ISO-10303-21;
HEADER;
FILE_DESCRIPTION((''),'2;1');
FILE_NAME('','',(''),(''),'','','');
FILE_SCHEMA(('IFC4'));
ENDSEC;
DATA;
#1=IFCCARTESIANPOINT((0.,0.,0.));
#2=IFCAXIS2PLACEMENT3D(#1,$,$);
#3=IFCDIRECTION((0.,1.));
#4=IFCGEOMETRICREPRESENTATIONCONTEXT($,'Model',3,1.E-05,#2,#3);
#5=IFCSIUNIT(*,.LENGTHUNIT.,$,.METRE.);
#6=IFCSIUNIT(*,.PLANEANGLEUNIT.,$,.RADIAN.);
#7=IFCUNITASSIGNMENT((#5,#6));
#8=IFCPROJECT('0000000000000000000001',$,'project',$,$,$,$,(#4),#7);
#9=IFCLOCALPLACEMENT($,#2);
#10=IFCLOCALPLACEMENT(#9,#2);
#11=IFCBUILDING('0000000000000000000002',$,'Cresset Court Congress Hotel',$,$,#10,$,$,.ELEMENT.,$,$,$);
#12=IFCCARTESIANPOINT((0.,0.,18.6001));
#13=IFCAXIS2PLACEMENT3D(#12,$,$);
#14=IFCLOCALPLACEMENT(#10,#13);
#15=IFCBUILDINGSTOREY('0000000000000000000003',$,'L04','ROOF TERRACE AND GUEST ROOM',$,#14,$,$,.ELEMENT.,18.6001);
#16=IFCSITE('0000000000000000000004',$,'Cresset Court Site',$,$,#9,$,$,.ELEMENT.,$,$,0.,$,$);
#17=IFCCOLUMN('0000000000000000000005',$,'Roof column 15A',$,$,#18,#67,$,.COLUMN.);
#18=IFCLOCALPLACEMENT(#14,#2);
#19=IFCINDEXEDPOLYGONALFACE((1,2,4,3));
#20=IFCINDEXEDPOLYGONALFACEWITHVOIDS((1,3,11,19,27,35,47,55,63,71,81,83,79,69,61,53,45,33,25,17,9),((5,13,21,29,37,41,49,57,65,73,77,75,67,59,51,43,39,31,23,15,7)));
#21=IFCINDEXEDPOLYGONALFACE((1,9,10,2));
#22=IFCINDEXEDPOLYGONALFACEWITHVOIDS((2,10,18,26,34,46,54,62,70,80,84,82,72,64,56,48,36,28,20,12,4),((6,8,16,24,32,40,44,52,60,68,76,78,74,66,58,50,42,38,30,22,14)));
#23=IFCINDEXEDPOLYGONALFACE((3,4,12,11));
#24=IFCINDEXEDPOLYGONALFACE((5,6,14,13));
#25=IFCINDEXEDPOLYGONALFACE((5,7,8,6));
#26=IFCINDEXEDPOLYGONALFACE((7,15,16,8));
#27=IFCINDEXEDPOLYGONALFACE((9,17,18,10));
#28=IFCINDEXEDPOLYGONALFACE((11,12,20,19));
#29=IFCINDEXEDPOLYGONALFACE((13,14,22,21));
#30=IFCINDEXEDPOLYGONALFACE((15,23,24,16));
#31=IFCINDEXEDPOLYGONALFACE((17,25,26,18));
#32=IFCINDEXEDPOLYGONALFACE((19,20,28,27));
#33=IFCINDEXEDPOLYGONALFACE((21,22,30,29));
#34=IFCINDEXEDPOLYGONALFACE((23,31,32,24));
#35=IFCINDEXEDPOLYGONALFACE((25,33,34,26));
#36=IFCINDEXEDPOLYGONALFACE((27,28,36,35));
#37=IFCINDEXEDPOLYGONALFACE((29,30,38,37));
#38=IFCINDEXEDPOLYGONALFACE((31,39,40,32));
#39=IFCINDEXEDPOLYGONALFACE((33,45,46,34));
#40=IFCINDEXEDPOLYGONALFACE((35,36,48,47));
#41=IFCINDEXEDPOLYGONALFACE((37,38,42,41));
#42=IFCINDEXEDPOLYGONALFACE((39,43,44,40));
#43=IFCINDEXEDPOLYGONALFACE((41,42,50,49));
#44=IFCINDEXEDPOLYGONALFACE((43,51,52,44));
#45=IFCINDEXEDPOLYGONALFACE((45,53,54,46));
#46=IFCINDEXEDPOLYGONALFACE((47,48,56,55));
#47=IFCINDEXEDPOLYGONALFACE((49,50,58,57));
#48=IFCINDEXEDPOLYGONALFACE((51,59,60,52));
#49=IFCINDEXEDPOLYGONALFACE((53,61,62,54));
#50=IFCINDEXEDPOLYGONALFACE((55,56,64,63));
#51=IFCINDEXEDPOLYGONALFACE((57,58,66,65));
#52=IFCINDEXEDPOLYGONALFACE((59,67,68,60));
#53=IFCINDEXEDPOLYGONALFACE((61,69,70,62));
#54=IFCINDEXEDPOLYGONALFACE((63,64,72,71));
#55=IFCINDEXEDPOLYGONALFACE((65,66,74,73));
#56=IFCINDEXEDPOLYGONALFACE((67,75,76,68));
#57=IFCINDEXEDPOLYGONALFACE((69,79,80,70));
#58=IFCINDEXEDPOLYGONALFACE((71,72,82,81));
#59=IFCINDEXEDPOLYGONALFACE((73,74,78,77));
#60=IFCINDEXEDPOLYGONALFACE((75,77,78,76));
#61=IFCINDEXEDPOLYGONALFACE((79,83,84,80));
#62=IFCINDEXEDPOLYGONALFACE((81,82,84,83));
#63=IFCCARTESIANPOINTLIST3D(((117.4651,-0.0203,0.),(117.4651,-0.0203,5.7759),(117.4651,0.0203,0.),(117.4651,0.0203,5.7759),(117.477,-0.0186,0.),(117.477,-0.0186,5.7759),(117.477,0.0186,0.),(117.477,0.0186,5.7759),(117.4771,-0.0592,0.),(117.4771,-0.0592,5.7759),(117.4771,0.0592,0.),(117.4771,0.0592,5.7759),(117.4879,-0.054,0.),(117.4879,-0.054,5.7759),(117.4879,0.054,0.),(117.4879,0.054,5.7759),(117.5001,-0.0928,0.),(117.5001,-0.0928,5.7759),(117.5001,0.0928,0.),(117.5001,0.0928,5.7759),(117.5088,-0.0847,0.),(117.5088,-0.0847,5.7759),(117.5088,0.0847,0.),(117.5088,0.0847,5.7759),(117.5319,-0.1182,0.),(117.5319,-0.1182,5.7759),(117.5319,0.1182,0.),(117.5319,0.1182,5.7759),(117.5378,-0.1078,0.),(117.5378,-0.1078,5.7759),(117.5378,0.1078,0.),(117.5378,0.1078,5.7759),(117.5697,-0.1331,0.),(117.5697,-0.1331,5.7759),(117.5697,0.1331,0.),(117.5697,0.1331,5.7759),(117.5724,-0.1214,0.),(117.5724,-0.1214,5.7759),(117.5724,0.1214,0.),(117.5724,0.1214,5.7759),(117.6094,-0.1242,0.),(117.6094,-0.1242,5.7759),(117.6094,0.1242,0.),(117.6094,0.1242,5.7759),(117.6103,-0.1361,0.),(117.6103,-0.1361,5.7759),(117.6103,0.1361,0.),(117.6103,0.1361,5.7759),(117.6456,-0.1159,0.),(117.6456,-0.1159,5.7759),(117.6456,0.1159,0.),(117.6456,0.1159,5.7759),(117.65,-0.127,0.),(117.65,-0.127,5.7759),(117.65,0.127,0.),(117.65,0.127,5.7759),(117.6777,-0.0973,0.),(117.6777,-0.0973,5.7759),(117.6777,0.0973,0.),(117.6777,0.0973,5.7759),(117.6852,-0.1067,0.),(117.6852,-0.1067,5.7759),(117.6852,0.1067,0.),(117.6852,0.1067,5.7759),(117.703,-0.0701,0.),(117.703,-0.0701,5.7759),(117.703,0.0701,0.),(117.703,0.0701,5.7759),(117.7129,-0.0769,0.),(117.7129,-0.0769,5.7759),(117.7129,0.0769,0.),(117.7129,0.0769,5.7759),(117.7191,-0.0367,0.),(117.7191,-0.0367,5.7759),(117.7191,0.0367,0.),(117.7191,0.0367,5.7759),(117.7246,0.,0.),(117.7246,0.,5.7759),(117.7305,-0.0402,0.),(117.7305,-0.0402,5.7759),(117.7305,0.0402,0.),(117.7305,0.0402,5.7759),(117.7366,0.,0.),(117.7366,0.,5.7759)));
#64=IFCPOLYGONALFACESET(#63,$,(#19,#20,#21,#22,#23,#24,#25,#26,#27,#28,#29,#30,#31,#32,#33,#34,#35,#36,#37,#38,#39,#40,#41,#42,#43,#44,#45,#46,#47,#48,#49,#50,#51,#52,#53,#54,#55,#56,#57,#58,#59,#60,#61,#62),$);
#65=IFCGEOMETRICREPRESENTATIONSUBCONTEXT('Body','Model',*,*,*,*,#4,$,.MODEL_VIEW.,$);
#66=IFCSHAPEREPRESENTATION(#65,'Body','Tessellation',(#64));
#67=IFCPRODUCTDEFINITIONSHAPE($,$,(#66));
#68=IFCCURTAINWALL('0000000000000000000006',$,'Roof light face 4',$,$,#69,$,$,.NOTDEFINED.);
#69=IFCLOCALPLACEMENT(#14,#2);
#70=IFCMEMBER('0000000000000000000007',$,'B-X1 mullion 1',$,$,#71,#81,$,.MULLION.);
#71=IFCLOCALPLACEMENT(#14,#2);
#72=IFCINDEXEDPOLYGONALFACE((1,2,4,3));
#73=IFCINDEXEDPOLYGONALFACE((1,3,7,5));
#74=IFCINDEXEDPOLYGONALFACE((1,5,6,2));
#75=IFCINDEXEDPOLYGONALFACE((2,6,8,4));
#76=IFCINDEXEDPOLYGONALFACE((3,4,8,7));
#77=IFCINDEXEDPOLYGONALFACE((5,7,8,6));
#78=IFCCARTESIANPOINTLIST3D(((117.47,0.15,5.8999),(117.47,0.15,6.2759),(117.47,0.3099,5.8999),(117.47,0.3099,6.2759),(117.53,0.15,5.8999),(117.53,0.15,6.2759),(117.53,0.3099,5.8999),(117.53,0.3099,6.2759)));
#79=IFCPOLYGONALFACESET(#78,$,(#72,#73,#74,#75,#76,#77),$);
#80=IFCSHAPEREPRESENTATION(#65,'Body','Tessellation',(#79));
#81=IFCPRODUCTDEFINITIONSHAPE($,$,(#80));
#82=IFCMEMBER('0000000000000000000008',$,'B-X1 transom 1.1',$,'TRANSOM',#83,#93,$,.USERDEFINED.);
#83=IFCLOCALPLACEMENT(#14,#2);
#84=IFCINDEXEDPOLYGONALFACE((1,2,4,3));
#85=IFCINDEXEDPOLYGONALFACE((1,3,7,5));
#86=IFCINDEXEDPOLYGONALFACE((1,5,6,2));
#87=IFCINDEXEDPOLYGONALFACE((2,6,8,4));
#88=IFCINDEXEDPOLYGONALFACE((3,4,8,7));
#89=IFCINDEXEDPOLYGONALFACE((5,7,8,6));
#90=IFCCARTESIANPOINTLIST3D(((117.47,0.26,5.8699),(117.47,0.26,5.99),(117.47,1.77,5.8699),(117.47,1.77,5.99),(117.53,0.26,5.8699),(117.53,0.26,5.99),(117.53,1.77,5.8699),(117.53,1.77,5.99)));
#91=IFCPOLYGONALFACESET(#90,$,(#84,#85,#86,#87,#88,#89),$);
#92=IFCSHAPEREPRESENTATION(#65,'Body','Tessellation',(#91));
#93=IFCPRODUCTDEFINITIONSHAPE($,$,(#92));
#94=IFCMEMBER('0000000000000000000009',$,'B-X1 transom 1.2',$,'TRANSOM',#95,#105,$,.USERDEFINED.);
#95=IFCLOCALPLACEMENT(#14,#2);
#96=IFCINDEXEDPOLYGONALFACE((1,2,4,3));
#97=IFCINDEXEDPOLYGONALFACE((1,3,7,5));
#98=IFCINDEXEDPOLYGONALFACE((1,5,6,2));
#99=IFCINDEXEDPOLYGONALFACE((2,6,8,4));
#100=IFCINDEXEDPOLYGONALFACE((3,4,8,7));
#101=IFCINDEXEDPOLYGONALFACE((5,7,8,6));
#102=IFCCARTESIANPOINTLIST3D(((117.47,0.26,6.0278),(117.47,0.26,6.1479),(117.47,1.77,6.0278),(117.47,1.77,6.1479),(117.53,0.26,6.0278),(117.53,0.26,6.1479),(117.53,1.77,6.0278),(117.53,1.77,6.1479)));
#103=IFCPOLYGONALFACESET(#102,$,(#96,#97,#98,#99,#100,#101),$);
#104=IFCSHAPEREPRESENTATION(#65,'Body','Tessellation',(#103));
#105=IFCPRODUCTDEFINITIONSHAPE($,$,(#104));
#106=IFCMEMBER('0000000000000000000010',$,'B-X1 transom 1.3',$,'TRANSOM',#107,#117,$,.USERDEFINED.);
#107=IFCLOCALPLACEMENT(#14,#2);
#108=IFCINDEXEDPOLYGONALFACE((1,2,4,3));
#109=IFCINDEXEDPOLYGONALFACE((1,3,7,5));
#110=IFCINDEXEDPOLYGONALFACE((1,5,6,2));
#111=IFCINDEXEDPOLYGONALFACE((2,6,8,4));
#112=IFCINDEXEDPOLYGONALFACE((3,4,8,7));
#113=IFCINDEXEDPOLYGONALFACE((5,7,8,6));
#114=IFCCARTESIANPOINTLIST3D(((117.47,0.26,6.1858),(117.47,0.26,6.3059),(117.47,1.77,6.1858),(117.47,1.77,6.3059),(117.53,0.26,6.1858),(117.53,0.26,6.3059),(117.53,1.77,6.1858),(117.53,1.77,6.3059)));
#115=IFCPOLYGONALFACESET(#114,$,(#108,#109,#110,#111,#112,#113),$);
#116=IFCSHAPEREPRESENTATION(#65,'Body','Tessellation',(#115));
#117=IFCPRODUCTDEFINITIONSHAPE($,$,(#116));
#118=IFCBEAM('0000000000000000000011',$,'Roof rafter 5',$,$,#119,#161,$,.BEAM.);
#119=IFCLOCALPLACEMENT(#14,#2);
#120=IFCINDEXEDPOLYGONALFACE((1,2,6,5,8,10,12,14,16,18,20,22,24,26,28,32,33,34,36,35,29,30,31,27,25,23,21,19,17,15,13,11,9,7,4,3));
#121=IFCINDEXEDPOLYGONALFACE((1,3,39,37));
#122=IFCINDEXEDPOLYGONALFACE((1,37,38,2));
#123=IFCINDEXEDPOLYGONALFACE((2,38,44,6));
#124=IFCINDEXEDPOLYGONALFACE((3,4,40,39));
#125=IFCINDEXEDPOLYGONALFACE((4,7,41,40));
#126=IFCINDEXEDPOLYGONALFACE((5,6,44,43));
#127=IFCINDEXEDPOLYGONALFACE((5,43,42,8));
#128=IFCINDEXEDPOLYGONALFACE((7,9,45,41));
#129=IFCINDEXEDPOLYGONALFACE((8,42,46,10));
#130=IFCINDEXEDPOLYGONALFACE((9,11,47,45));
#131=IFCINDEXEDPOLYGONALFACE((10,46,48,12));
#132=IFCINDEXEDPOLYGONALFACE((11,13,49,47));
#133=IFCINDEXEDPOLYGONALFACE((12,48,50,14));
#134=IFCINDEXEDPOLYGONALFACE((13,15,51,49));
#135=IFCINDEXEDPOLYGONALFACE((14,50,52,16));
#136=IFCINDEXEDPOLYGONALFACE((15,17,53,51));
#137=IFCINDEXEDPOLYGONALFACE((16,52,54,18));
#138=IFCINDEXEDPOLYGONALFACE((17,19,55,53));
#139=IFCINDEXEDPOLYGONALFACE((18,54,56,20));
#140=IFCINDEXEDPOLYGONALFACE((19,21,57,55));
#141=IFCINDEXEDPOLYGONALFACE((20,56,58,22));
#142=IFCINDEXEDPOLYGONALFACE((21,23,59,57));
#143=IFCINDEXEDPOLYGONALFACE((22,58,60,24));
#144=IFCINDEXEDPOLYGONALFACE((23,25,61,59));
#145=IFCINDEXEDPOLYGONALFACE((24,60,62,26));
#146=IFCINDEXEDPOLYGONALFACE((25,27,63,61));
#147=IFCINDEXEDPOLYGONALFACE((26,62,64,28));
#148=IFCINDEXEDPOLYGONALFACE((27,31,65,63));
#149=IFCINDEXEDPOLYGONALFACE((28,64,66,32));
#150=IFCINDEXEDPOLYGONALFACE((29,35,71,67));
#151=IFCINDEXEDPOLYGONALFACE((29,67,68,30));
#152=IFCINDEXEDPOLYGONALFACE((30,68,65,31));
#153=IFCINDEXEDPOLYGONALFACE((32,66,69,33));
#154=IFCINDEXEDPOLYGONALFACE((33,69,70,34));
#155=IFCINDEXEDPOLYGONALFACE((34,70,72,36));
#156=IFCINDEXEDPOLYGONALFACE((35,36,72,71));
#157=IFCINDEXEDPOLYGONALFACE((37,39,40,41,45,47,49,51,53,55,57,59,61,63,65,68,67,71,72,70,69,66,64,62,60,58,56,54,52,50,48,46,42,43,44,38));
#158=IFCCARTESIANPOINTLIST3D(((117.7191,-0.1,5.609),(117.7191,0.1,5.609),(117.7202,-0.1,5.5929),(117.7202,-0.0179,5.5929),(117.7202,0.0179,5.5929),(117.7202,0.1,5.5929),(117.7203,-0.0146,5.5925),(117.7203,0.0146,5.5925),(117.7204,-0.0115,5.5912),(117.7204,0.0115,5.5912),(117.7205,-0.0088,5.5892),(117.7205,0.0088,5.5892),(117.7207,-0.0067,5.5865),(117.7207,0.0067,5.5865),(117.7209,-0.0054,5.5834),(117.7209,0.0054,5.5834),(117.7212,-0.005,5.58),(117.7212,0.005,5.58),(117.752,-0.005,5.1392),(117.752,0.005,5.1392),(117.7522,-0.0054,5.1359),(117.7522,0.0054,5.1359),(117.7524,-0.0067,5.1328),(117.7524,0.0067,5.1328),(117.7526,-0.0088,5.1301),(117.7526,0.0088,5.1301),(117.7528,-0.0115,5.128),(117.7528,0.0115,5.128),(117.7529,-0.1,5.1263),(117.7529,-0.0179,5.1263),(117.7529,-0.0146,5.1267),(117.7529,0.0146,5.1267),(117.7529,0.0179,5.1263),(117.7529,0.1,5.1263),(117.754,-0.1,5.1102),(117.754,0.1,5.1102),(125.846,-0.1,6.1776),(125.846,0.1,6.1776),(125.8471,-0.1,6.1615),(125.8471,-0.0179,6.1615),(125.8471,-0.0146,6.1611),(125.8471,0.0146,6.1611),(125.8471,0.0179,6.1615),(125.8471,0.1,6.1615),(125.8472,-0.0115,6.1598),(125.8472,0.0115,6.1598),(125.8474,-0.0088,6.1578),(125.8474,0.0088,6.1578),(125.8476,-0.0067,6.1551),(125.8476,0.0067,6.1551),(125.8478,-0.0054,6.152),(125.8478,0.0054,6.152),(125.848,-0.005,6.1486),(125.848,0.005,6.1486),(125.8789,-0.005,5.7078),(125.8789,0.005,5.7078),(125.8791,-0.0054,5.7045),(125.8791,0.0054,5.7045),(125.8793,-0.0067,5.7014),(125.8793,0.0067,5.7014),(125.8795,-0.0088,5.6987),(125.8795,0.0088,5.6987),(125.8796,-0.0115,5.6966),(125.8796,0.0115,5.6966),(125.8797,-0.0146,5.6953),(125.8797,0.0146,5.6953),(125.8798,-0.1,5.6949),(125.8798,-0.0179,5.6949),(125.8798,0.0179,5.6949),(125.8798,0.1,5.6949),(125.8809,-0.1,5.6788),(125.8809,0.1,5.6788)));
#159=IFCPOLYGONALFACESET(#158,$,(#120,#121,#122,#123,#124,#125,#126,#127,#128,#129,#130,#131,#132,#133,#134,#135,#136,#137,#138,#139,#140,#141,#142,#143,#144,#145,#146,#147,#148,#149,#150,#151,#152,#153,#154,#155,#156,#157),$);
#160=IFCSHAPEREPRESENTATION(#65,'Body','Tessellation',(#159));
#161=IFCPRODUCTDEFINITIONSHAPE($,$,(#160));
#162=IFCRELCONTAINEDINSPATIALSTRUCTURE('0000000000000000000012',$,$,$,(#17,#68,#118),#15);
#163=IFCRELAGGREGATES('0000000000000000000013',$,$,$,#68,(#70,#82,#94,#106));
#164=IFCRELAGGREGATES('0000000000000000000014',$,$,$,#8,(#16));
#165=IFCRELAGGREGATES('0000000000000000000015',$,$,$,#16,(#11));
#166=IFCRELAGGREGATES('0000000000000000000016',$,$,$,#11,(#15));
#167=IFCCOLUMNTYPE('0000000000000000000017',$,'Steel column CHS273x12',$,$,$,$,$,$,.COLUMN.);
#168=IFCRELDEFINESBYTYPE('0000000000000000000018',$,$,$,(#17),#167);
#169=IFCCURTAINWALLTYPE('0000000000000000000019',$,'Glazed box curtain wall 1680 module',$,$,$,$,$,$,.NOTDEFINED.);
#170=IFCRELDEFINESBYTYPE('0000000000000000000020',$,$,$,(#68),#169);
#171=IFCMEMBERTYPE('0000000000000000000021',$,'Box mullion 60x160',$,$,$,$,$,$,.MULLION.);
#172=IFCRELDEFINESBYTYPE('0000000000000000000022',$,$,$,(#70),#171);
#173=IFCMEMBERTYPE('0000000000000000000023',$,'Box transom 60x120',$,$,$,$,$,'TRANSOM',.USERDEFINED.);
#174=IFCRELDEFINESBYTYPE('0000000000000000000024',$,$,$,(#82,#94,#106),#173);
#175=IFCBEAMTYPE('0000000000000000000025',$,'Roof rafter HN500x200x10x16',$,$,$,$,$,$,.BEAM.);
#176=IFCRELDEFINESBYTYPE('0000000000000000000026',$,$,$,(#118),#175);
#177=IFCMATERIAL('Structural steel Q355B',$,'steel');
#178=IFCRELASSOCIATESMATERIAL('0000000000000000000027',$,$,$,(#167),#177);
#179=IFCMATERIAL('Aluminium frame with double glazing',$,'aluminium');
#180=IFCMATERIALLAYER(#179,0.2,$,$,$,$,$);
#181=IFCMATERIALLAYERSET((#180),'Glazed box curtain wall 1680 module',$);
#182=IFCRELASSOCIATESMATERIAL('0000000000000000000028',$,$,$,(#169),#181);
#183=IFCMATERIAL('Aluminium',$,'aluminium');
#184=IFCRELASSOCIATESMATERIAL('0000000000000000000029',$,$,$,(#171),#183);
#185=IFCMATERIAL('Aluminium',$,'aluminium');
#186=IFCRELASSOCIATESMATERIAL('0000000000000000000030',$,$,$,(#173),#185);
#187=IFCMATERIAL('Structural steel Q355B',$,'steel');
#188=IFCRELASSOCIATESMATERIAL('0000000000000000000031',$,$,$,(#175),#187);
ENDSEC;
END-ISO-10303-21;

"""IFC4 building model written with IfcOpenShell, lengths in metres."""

from ifc_helpers import new_model, si_unit, direction, frame, origin, origin_2d, place, context, subcontext, project, spatial, rectangle, hollow_circle, i_section, extrude, material, layer, layer_set, material_profile, profile_set, type_object, element, aggregate, save


model = new_model("IFC4")

# Units and contexts
model_context = context("Model", 3, precision=1e-05, world=origin(), true_north=direction((0.0, 1.0)))
body_context = subcontext(model_context, "Body", "Model", "MODEL_VIEW")
ifc_project = project(units=[si_unit("LENGTHUNIT", "METRE"), si_unit("PLANEANGLEUNIT", "RADIAN")], contexts=[model_context])

# Site, building, storey
site_placement = place(None, origin())
site = spatial("IfcSite", under=ifc_project, at=site_placement, Name="Cresset Court Site", CompositionType="ELEMENT", RefElevation=0.0)
building_placement = place(site_placement, origin())
building = spatial("IfcBuilding", under=site, at=building_placement, Name="Cresset Court Congress Hotel", CompositionType="ELEMENT")
storey_placement = place(building_placement, frame((0.0, 0.0, 18.6001)))
storey = spatial("IfcBuildingStorey", under=building, at=storey_placement, Name="L04", Description="ROOF TERRACE AND GUEST ROOM", CompositionType="ELEMENT", Elevation=18.6001)

# Column
ifc_material_1 = material(Name="Structural steel Q355B", Category="steel")
ifc_material_profile_1 = material_profile(ifc_material_1, hollow_circle(Radius=0.1365, WallThickness=0.012, at=origin_2d()), Name="CHS273x12")
ifc_profile_set_1 = profile_set([ifc_material_profile_1], Name="Structural steel Q355B")
column_type = type_object("IfcColumnType", Name="Steel column CHS273x12", PredefinedType="COLUMN", material=ifc_profile_set_1)
column_placement = place(storey_placement, frame((117.6001, 0.0, 0.0), z_axis=(0.0, 0.0, 1.0), x_axis=(1.0, 0.0, 0.0)))
element("IfcColumn", 1, at=column_placement, inside=storey, type_object=column_type, Name="Roof column 15A", PredefinedType="COLUMN", context=body_context, shape_type="SweptSolid", body=[
    extrude(hollow_circle(Radius=0.1365, WallThickness=0.012, at=origin_2d()), origin(), (0.0, 0.0, 1.0), 5.7759),
])

# Curtain wall, members
ifc_material_2 = material(Name="Aluminium frame with double glazing", Category="aluminium")
ifc_layer_1 = layer(ifc_material_2, 0.2)
ifc_layer_set_1 = layer_set([ifc_layer_1], Name="Glazed box curtain wall 1680 module")
curtain_wall_type = type_object("IfcCurtainWallType", Name="Glazed box curtain wall 1680 module", PredefinedType="NOTDEFINED", material=ifc_layer_set_1)
curtain_wall_placement = place(storey_placement, origin())
curtain_wall = element("IfcCurtainWall", 2, at=curtain_wall_placement, inside=storey, type_object=curtain_wall_type, Name="Roof light face 4", PredefinedType="NOTDEFINED")
ifc_material_3 = material(Name="Aluminium", Category="aluminium")
ifc_material_profile_2 = material_profile(ifc_material_3, rectangle(XDim=0.0601, YDim=0.1599, at=origin_2d()), Name="Box mullion 60x160")
ifc_profile_set_2 = profile_set([ifc_material_profile_2], Name="Aluminium")
member_type_1 = type_object("IfcMemberType", Name="Box mullion 60x160", PredefinedType="MULLION", material=ifc_profile_set_2)
member_1_placement = place(storey_placement, frame((117.5, 0.23, 5.8999), z_axis=(0.0, 0.0, 1.0), x_axis=(-1.0, 0.0, 0.0)))
member_1 = element("IfcMember", 3, at=member_1_placement, type_object=member_type_1, Name="B-X1 mullion 1", PredefinedType="MULLION", context=body_context, shape_type="SweptSolid", body=[
    extrude(rectangle(XDim=0.0601, YDim=0.1599, at=origin_2d()), origin(), (0.0, 0.0, 1.0), 0.376),
])
ifc_material_4 = material(Name="Aluminium", Category="aluminium")
ifc_material_profile_3 = material_profile(ifc_material_4, rectangle(XDim=0.0601, YDim=0.1201, at=origin_2d()), Name="Box transom 60x120")
ifc_profile_set_3 = profile_set([ifc_material_profile_3], Name="Aluminium")
member_type_2 = type_object("IfcMemberType", Name="Box transom 60x120", ElementType="TRANSOM", PredefinedType="USERDEFINED", material=ifc_profile_set_3)
member_2_placement = place(storey_placement, frame((117.5, 0.26, 5.9299), z_axis=(0.0, 1.0, 0.0), x_axis=(-1.0, 0.0, 0.0)))
member_2 = element("IfcMember", 4, at=member_2_placement, type_object=member_type_2, Name="B-X1 transom 1.1", ObjectType="TRANSOM", PredefinedType="USERDEFINED", context=body_context, shape_type="SweptSolid", body=[
    extrude(rectangle(XDim=0.0601, YDim=0.1201, at=origin_2d()), origin(), (0.0, 0.0, 1.0), 1.51),
])
member_3_placement = place(storey_placement, frame((117.5, 0.26, 6.0879), z_axis=(0.0, 1.0, 0.0), x_axis=(-1.0, 0.0, 0.0)))
member_3 = element("IfcMember", 5, at=member_3_placement, type_object=member_type_2, Name="B-X1 transom 1.2", ObjectType="TRANSOM", PredefinedType="USERDEFINED", context=body_context, shape_type="SweptSolid", body=[
    extrude(rectangle(XDim=0.0601, YDim=0.1201, at=origin_2d()), origin(), (0.0, 0.0, 1.0), 1.51),
])
member_4_placement = place(storey_placement, frame((117.5, 0.26, 6.2458), z_axis=(0.0, 1.0, 0.0), x_axis=(-1.0, 0.0, 0.0)))
member_4 = element("IfcMember", 6, at=member_4_placement, type_object=member_type_2, Name="B-X1 transom 1.3", ObjectType="TRANSOM", PredefinedType="USERDEFINED", context=body_context, shape_type="SweptSolid", body=[
    extrude(rectangle(XDim=0.0601, YDim=0.1201, at=origin_2d()), origin(), (0.0, 0.0, 1.0), 1.51),
])
aggregate(curtain_wall, [member_1, member_2, member_3, member_4])

# Beam
ifc_material_5 = material(Name="Structural steel Q355B", Category="steel")
ifc_material_profile_4 = material_profile(ifc_material_5, i_section(OverallWidth=0.2, OverallDepth=0.5, WebThickness=0.01, FlangeThickness=0.0161, FilletRadius=0.0129, at=origin_2d()), Name="HN500x200x10x16")
ifc_profile_set_4 = profile_set([ifc_material_profile_4], Name="Structural steel Q355B")
beam_type_1 = type_object("IfcBeamType", Name="Roof rafter HN500x200x10x16", PredefinedType="BEAM", material=ifc_profile_set_4)
beam_1_placement = place(storey_placement, frame((117.7366, 0.0, 5.3596), z_axis=(0.997561, 0.0, 0.069795), x_axis=(0.0, 1.0, 0.0)))
element("IfcBeam", 7, at=beam_1_placement, inside=storey, type_object=beam_type_1, Name="Roof rafter 5", PredefinedType="BEAM", context=body_context, shape_type="SweptSolid", body=[
    extrude(i_section(OverallWidth=0.2, OverallDepth=0.5, WebThickness=0.01, FlangeThickness=0.0161, FilletRadius=0.0129, at=origin_2d()), origin(), (0.0, 0.0, 1.0), 8.1467),
])

save(model, "model.ifc")
